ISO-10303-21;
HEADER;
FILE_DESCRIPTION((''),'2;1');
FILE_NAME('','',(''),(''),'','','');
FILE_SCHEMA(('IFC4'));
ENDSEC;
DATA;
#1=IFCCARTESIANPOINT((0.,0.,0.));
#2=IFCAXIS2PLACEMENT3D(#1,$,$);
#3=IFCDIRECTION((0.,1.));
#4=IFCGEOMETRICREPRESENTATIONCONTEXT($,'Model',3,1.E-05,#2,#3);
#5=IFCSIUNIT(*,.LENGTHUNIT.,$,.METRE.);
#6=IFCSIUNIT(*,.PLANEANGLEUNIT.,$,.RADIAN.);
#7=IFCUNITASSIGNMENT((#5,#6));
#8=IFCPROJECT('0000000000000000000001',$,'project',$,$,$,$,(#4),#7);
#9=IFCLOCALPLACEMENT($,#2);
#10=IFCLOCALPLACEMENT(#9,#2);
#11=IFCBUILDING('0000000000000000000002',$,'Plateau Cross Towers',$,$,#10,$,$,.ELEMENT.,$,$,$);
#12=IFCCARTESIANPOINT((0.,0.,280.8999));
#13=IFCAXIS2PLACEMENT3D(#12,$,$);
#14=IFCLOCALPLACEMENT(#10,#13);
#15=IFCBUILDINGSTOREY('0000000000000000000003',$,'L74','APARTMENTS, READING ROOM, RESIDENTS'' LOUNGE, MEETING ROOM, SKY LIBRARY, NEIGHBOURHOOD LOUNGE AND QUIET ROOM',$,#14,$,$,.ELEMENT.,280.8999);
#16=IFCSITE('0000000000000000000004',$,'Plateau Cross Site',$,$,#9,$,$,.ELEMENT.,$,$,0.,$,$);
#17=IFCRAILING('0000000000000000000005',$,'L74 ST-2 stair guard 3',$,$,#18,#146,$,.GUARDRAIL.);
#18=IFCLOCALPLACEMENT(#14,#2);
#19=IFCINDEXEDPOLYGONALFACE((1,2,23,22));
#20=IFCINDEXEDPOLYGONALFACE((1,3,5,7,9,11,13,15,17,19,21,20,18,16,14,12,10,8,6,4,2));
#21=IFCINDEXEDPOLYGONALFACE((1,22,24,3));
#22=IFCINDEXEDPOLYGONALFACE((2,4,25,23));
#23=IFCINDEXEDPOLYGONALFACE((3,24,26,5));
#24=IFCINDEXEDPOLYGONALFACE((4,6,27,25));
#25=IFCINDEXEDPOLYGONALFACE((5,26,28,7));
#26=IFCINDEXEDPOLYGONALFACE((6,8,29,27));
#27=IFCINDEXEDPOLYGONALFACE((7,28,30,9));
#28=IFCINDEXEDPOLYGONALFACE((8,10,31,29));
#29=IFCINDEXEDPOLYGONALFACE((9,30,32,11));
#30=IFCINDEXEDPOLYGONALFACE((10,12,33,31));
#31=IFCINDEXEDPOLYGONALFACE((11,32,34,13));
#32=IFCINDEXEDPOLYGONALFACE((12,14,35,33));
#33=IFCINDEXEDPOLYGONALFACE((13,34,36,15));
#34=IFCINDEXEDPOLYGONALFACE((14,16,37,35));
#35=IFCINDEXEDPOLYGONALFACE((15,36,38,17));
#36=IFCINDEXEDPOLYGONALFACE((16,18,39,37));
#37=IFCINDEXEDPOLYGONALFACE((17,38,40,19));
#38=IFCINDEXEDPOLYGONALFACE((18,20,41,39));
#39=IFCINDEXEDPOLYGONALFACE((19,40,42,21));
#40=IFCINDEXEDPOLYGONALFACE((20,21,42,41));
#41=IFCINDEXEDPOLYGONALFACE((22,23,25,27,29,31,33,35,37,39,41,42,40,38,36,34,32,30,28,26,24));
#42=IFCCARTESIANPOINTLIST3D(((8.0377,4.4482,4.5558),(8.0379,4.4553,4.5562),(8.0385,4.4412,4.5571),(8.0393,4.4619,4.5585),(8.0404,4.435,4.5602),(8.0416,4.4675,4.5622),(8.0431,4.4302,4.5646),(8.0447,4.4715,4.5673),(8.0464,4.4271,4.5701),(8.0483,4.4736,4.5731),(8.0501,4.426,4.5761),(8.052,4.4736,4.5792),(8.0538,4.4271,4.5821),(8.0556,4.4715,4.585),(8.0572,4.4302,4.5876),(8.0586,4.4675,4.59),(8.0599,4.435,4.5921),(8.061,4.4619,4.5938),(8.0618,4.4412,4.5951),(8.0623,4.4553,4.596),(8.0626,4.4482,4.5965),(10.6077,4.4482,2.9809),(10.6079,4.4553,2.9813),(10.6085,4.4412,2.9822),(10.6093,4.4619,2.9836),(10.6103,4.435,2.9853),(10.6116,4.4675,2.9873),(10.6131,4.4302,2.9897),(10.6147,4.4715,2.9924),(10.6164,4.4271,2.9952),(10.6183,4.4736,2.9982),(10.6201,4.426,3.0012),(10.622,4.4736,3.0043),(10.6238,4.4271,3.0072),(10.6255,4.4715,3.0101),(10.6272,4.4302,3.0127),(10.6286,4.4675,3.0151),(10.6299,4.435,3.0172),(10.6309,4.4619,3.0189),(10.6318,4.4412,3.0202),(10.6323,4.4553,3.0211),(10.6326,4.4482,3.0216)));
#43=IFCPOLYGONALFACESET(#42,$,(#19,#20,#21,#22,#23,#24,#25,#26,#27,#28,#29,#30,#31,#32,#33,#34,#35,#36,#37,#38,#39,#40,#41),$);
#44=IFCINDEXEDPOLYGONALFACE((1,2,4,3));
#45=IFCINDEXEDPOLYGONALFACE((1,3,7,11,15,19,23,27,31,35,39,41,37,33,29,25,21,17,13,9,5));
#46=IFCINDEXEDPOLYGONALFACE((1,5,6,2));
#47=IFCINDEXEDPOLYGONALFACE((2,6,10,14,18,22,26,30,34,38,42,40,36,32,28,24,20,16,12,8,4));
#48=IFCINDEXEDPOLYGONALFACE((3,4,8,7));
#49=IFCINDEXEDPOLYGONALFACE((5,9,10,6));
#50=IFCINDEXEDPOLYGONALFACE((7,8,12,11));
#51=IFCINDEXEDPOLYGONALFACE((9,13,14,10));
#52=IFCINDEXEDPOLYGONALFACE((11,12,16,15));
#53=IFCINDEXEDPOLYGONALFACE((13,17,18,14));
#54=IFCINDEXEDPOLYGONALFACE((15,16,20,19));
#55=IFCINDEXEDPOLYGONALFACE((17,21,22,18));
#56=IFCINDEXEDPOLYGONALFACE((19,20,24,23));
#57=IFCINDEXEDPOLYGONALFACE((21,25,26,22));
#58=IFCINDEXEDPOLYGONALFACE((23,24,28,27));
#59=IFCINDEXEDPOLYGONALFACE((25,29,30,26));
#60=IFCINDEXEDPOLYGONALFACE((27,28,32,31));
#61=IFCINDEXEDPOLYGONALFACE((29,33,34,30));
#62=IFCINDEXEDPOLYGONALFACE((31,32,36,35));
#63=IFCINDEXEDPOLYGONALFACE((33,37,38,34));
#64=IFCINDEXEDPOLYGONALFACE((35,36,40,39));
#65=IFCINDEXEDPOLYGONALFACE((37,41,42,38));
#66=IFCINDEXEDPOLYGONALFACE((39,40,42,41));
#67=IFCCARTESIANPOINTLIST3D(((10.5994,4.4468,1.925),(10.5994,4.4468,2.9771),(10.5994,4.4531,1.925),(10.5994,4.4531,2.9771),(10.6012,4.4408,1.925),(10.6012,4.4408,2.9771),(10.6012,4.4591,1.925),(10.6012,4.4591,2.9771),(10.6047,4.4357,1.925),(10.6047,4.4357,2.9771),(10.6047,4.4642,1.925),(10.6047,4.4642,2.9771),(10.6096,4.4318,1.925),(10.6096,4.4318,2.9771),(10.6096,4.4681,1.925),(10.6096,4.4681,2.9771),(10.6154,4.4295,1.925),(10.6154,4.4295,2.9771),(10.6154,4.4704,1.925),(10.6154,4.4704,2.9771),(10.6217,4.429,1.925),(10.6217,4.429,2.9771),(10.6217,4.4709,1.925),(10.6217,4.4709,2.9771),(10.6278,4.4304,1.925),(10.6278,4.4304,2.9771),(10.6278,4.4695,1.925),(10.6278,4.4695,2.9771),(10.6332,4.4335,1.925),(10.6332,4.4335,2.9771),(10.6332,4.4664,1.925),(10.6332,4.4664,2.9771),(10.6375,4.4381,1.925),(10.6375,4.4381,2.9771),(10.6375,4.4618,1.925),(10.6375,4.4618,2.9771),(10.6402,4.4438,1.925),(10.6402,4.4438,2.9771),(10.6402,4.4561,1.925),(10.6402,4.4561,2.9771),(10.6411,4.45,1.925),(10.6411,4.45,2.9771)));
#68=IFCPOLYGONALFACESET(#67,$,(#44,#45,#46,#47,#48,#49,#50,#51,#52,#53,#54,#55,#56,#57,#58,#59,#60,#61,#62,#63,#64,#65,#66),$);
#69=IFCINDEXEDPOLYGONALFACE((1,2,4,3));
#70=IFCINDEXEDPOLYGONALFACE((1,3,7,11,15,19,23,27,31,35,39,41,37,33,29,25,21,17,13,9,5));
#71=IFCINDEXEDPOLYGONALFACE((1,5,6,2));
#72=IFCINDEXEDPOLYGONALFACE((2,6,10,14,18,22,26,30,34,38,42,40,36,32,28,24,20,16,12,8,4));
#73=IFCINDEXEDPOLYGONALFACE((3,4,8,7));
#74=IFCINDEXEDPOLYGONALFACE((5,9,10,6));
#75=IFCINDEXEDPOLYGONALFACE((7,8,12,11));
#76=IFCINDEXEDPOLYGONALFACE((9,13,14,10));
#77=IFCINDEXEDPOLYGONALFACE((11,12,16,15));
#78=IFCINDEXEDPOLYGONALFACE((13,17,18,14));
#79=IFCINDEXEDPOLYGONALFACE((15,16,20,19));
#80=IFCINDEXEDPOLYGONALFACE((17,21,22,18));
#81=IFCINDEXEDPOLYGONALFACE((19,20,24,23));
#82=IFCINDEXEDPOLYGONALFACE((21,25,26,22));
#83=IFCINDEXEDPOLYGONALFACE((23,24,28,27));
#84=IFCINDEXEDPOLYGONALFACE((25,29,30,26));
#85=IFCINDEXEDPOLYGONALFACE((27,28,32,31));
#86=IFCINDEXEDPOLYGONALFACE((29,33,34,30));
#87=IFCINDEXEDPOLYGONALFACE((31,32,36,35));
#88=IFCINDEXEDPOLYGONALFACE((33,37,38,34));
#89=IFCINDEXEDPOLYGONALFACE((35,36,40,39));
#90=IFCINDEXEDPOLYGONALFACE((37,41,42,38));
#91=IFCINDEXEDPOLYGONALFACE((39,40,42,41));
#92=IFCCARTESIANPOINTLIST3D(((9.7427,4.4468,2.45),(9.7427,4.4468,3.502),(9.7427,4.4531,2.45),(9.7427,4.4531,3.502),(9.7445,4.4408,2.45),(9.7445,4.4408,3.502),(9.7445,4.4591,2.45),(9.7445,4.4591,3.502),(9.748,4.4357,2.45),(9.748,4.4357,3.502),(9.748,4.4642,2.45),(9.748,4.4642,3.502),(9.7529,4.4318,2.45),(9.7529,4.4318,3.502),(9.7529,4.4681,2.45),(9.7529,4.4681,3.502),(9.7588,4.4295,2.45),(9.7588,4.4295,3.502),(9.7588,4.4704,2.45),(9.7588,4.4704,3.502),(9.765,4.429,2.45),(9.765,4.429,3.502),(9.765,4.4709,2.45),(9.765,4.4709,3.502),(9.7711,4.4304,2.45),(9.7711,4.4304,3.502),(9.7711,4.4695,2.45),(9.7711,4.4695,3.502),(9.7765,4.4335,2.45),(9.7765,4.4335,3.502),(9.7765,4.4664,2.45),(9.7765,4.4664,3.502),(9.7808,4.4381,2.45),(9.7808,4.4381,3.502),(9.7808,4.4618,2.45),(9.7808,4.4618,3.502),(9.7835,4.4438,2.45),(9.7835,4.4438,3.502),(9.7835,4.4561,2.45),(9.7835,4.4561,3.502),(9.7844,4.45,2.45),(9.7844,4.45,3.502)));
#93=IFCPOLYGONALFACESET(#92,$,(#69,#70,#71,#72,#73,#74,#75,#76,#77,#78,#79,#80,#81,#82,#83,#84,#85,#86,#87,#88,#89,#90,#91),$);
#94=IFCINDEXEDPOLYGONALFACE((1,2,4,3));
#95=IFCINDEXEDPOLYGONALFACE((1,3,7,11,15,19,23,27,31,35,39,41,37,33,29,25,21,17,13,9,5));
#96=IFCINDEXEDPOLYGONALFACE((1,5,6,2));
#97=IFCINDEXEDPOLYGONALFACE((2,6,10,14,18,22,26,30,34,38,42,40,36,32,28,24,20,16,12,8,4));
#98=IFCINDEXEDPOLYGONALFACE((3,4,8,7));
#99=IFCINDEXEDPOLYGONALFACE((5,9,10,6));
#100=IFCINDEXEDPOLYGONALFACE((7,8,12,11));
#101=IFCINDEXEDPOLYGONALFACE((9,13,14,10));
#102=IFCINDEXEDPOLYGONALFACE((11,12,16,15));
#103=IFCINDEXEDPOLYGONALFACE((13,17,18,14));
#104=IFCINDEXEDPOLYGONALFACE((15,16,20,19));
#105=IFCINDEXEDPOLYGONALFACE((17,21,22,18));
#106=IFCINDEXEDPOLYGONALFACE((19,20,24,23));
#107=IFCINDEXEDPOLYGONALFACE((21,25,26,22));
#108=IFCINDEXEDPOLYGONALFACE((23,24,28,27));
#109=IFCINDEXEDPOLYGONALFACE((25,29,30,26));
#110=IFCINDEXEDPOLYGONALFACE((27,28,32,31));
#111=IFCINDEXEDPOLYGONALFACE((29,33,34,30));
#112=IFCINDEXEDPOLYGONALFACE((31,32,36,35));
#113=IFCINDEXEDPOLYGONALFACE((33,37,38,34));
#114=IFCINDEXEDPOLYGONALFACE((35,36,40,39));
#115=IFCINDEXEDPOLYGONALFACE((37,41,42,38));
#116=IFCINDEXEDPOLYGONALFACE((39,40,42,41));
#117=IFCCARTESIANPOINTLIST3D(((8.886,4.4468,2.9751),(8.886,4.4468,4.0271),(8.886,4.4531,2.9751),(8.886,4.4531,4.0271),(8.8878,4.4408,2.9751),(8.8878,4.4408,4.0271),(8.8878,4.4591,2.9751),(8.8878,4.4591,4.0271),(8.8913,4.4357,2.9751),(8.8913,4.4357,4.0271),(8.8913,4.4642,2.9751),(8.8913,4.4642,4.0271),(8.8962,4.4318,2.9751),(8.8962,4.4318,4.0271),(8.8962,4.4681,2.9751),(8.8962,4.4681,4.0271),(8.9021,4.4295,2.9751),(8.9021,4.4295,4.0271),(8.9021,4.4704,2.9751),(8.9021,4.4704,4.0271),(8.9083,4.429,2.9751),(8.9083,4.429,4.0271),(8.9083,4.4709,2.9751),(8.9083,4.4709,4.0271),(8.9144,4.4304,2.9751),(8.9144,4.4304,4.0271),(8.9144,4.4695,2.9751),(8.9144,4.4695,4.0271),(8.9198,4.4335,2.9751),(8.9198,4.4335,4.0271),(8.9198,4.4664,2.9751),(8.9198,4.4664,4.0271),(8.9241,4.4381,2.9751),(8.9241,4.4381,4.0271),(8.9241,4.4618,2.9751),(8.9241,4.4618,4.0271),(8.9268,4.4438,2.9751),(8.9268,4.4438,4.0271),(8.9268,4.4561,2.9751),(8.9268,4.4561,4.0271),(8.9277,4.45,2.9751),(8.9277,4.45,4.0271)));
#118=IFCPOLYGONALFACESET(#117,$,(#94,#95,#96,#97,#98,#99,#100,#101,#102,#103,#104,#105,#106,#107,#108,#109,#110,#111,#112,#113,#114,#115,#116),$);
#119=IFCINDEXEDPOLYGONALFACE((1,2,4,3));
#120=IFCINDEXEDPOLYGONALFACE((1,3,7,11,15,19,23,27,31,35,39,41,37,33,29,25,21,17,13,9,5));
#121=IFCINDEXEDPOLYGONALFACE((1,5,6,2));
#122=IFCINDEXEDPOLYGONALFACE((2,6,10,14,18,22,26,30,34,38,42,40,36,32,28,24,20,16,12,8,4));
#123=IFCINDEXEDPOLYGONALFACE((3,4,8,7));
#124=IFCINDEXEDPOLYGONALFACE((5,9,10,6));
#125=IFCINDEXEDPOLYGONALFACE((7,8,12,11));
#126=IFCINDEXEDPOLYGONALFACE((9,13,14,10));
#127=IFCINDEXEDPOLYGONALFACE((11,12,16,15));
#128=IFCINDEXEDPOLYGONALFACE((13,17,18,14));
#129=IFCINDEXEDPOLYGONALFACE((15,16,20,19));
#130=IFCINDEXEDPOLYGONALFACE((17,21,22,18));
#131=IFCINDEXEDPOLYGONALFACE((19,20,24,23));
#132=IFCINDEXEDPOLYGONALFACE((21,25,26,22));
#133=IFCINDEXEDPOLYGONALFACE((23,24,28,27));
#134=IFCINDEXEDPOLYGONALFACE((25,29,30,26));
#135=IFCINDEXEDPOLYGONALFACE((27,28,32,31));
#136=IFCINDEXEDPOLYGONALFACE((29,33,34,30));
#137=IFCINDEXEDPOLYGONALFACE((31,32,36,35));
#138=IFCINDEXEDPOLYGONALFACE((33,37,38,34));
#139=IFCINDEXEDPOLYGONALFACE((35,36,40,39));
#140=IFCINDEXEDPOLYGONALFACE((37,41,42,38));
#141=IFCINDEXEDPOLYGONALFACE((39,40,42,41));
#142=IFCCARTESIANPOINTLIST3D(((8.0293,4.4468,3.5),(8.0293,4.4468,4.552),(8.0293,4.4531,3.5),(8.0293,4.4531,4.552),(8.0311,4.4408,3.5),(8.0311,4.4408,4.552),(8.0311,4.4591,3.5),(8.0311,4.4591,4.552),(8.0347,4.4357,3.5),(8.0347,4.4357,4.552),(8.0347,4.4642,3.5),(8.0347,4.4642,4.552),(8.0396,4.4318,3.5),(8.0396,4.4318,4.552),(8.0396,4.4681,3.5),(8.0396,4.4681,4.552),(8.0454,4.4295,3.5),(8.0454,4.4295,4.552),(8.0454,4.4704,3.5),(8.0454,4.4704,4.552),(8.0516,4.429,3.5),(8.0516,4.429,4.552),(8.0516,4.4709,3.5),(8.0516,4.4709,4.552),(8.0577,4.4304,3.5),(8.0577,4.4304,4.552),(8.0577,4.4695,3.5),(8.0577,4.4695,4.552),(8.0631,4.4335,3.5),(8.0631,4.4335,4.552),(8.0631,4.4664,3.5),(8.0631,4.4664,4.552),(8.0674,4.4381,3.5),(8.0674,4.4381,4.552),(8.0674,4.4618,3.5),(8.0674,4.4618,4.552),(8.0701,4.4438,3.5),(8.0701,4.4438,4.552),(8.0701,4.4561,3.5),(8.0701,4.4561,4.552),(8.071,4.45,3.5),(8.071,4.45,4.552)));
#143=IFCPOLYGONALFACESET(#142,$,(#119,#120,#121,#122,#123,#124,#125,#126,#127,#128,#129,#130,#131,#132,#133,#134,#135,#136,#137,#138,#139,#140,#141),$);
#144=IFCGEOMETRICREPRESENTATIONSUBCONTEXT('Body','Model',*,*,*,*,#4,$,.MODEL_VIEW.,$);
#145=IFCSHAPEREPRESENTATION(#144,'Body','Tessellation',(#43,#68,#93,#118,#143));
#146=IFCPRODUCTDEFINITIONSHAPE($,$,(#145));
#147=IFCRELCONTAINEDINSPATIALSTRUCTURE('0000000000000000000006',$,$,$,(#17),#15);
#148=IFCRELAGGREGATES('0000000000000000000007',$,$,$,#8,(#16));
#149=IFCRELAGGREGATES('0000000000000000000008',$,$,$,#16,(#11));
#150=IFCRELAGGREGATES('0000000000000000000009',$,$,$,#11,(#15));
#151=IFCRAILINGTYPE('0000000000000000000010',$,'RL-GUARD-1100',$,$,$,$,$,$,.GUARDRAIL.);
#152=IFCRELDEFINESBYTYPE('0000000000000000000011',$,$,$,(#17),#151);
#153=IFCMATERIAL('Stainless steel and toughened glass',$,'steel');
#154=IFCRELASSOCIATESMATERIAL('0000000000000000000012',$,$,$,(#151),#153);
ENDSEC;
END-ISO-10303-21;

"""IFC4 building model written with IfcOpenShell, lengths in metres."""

from ifc_helpers import new_model, si_unit, direction, frame, origin, origin_2d, place, context, subcontext, project, spatial, circle, extrude, material, type_object, element, save


model = new_model("IFC4")

# Units and contexts
model_context = context("Model", 3, precision=1e-05, world=origin(), true_north=direction((0.0, 1.0)))
body_context = subcontext(model_context, "Body", "Model", "MODEL_VIEW")
ifc_project = project(units=[si_unit("LENGTHUNIT", "METRE"), si_unit("PLANEANGLEUNIT", "RADIAN")], contexts=[model_context])

# Site, building, storey
site_placement = place(None, origin())
site = spatial("IfcSite", under=ifc_project, at=site_placement, Name="Plateau Cross Site", CompositionType="ELEMENT", RefElevation=0.0)
building_placement = place(site_placement, origin())
building = spatial("IfcBuilding", under=site, at=building_placement, Name="Plateau Cross Towers", CompositionType="ELEMENT")
storey_placement = place(building_placement, frame((0.0, 0.0, 280.8999)))
storey = spatial("IfcBuildingStorey", under=building, at=storey_placement, Name="L74", Description="APARTMENTS, READING ROOM, RESIDENTS' LOUNGE, MEETING ROOM, SKY LIBRARY, NEIGHBOURHOOD LOUNGE AND QUIET ROOM", CompositionType="ELEMENT", Elevation=280.8999)

# Railing
ifc_material_1 = material(Name="Stainless steel and toughened glass", Category="steel")
railing_type_1 = type_object("IfcRailingType", Name="RL-GUARD-1100", PredefinedType="GUARDRAIL", material=ifc_material_1)
railing_1_placement = place(storey_placement, frame((10.6201, 4.45, 1.925)))
element("IfcRailing", 1, at=railing_1_placement, inside=storey, type_object=railing_type_1, Name="L74 ST-2 stair guard 3", PredefinedType="GUARDRAIL", context=body_context, shape_type="SweptSolid", body=[
    extrude(circle(Radius=0.0239, at=origin_2d()), frame((0.0, 0.0, 1.0762), z_axis=(-0.852639, 0.0, 0.522501), x_axis=(0.0, -1.0, 0.0)), (0.0, 0.0, 1.0), 3.0142),
    extrude(circle(Radius=0.021, at=origin_2d()), origin(), (0.0, 0.0, 1.0), 1.052),
    extrude(circle(Radius=0.021, at=origin_2d()), frame((-0.8567, 0.0, 0.5249)), (0.0, 0.0, 1.0), 1.052),
    extrude(circle(Radius=0.021, at=origin_2d()), frame((-1.7134, 0.0, 1.05)), (0.0, 0.0, 1.0), 1.052),
    extrude(circle(Radius=0.021, at=origin_2d()), frame((-2.5701, 0.0, 1.575)), (0.0, 0.0, 1.0), 1.052),
])

save(model, "model.ifc")
